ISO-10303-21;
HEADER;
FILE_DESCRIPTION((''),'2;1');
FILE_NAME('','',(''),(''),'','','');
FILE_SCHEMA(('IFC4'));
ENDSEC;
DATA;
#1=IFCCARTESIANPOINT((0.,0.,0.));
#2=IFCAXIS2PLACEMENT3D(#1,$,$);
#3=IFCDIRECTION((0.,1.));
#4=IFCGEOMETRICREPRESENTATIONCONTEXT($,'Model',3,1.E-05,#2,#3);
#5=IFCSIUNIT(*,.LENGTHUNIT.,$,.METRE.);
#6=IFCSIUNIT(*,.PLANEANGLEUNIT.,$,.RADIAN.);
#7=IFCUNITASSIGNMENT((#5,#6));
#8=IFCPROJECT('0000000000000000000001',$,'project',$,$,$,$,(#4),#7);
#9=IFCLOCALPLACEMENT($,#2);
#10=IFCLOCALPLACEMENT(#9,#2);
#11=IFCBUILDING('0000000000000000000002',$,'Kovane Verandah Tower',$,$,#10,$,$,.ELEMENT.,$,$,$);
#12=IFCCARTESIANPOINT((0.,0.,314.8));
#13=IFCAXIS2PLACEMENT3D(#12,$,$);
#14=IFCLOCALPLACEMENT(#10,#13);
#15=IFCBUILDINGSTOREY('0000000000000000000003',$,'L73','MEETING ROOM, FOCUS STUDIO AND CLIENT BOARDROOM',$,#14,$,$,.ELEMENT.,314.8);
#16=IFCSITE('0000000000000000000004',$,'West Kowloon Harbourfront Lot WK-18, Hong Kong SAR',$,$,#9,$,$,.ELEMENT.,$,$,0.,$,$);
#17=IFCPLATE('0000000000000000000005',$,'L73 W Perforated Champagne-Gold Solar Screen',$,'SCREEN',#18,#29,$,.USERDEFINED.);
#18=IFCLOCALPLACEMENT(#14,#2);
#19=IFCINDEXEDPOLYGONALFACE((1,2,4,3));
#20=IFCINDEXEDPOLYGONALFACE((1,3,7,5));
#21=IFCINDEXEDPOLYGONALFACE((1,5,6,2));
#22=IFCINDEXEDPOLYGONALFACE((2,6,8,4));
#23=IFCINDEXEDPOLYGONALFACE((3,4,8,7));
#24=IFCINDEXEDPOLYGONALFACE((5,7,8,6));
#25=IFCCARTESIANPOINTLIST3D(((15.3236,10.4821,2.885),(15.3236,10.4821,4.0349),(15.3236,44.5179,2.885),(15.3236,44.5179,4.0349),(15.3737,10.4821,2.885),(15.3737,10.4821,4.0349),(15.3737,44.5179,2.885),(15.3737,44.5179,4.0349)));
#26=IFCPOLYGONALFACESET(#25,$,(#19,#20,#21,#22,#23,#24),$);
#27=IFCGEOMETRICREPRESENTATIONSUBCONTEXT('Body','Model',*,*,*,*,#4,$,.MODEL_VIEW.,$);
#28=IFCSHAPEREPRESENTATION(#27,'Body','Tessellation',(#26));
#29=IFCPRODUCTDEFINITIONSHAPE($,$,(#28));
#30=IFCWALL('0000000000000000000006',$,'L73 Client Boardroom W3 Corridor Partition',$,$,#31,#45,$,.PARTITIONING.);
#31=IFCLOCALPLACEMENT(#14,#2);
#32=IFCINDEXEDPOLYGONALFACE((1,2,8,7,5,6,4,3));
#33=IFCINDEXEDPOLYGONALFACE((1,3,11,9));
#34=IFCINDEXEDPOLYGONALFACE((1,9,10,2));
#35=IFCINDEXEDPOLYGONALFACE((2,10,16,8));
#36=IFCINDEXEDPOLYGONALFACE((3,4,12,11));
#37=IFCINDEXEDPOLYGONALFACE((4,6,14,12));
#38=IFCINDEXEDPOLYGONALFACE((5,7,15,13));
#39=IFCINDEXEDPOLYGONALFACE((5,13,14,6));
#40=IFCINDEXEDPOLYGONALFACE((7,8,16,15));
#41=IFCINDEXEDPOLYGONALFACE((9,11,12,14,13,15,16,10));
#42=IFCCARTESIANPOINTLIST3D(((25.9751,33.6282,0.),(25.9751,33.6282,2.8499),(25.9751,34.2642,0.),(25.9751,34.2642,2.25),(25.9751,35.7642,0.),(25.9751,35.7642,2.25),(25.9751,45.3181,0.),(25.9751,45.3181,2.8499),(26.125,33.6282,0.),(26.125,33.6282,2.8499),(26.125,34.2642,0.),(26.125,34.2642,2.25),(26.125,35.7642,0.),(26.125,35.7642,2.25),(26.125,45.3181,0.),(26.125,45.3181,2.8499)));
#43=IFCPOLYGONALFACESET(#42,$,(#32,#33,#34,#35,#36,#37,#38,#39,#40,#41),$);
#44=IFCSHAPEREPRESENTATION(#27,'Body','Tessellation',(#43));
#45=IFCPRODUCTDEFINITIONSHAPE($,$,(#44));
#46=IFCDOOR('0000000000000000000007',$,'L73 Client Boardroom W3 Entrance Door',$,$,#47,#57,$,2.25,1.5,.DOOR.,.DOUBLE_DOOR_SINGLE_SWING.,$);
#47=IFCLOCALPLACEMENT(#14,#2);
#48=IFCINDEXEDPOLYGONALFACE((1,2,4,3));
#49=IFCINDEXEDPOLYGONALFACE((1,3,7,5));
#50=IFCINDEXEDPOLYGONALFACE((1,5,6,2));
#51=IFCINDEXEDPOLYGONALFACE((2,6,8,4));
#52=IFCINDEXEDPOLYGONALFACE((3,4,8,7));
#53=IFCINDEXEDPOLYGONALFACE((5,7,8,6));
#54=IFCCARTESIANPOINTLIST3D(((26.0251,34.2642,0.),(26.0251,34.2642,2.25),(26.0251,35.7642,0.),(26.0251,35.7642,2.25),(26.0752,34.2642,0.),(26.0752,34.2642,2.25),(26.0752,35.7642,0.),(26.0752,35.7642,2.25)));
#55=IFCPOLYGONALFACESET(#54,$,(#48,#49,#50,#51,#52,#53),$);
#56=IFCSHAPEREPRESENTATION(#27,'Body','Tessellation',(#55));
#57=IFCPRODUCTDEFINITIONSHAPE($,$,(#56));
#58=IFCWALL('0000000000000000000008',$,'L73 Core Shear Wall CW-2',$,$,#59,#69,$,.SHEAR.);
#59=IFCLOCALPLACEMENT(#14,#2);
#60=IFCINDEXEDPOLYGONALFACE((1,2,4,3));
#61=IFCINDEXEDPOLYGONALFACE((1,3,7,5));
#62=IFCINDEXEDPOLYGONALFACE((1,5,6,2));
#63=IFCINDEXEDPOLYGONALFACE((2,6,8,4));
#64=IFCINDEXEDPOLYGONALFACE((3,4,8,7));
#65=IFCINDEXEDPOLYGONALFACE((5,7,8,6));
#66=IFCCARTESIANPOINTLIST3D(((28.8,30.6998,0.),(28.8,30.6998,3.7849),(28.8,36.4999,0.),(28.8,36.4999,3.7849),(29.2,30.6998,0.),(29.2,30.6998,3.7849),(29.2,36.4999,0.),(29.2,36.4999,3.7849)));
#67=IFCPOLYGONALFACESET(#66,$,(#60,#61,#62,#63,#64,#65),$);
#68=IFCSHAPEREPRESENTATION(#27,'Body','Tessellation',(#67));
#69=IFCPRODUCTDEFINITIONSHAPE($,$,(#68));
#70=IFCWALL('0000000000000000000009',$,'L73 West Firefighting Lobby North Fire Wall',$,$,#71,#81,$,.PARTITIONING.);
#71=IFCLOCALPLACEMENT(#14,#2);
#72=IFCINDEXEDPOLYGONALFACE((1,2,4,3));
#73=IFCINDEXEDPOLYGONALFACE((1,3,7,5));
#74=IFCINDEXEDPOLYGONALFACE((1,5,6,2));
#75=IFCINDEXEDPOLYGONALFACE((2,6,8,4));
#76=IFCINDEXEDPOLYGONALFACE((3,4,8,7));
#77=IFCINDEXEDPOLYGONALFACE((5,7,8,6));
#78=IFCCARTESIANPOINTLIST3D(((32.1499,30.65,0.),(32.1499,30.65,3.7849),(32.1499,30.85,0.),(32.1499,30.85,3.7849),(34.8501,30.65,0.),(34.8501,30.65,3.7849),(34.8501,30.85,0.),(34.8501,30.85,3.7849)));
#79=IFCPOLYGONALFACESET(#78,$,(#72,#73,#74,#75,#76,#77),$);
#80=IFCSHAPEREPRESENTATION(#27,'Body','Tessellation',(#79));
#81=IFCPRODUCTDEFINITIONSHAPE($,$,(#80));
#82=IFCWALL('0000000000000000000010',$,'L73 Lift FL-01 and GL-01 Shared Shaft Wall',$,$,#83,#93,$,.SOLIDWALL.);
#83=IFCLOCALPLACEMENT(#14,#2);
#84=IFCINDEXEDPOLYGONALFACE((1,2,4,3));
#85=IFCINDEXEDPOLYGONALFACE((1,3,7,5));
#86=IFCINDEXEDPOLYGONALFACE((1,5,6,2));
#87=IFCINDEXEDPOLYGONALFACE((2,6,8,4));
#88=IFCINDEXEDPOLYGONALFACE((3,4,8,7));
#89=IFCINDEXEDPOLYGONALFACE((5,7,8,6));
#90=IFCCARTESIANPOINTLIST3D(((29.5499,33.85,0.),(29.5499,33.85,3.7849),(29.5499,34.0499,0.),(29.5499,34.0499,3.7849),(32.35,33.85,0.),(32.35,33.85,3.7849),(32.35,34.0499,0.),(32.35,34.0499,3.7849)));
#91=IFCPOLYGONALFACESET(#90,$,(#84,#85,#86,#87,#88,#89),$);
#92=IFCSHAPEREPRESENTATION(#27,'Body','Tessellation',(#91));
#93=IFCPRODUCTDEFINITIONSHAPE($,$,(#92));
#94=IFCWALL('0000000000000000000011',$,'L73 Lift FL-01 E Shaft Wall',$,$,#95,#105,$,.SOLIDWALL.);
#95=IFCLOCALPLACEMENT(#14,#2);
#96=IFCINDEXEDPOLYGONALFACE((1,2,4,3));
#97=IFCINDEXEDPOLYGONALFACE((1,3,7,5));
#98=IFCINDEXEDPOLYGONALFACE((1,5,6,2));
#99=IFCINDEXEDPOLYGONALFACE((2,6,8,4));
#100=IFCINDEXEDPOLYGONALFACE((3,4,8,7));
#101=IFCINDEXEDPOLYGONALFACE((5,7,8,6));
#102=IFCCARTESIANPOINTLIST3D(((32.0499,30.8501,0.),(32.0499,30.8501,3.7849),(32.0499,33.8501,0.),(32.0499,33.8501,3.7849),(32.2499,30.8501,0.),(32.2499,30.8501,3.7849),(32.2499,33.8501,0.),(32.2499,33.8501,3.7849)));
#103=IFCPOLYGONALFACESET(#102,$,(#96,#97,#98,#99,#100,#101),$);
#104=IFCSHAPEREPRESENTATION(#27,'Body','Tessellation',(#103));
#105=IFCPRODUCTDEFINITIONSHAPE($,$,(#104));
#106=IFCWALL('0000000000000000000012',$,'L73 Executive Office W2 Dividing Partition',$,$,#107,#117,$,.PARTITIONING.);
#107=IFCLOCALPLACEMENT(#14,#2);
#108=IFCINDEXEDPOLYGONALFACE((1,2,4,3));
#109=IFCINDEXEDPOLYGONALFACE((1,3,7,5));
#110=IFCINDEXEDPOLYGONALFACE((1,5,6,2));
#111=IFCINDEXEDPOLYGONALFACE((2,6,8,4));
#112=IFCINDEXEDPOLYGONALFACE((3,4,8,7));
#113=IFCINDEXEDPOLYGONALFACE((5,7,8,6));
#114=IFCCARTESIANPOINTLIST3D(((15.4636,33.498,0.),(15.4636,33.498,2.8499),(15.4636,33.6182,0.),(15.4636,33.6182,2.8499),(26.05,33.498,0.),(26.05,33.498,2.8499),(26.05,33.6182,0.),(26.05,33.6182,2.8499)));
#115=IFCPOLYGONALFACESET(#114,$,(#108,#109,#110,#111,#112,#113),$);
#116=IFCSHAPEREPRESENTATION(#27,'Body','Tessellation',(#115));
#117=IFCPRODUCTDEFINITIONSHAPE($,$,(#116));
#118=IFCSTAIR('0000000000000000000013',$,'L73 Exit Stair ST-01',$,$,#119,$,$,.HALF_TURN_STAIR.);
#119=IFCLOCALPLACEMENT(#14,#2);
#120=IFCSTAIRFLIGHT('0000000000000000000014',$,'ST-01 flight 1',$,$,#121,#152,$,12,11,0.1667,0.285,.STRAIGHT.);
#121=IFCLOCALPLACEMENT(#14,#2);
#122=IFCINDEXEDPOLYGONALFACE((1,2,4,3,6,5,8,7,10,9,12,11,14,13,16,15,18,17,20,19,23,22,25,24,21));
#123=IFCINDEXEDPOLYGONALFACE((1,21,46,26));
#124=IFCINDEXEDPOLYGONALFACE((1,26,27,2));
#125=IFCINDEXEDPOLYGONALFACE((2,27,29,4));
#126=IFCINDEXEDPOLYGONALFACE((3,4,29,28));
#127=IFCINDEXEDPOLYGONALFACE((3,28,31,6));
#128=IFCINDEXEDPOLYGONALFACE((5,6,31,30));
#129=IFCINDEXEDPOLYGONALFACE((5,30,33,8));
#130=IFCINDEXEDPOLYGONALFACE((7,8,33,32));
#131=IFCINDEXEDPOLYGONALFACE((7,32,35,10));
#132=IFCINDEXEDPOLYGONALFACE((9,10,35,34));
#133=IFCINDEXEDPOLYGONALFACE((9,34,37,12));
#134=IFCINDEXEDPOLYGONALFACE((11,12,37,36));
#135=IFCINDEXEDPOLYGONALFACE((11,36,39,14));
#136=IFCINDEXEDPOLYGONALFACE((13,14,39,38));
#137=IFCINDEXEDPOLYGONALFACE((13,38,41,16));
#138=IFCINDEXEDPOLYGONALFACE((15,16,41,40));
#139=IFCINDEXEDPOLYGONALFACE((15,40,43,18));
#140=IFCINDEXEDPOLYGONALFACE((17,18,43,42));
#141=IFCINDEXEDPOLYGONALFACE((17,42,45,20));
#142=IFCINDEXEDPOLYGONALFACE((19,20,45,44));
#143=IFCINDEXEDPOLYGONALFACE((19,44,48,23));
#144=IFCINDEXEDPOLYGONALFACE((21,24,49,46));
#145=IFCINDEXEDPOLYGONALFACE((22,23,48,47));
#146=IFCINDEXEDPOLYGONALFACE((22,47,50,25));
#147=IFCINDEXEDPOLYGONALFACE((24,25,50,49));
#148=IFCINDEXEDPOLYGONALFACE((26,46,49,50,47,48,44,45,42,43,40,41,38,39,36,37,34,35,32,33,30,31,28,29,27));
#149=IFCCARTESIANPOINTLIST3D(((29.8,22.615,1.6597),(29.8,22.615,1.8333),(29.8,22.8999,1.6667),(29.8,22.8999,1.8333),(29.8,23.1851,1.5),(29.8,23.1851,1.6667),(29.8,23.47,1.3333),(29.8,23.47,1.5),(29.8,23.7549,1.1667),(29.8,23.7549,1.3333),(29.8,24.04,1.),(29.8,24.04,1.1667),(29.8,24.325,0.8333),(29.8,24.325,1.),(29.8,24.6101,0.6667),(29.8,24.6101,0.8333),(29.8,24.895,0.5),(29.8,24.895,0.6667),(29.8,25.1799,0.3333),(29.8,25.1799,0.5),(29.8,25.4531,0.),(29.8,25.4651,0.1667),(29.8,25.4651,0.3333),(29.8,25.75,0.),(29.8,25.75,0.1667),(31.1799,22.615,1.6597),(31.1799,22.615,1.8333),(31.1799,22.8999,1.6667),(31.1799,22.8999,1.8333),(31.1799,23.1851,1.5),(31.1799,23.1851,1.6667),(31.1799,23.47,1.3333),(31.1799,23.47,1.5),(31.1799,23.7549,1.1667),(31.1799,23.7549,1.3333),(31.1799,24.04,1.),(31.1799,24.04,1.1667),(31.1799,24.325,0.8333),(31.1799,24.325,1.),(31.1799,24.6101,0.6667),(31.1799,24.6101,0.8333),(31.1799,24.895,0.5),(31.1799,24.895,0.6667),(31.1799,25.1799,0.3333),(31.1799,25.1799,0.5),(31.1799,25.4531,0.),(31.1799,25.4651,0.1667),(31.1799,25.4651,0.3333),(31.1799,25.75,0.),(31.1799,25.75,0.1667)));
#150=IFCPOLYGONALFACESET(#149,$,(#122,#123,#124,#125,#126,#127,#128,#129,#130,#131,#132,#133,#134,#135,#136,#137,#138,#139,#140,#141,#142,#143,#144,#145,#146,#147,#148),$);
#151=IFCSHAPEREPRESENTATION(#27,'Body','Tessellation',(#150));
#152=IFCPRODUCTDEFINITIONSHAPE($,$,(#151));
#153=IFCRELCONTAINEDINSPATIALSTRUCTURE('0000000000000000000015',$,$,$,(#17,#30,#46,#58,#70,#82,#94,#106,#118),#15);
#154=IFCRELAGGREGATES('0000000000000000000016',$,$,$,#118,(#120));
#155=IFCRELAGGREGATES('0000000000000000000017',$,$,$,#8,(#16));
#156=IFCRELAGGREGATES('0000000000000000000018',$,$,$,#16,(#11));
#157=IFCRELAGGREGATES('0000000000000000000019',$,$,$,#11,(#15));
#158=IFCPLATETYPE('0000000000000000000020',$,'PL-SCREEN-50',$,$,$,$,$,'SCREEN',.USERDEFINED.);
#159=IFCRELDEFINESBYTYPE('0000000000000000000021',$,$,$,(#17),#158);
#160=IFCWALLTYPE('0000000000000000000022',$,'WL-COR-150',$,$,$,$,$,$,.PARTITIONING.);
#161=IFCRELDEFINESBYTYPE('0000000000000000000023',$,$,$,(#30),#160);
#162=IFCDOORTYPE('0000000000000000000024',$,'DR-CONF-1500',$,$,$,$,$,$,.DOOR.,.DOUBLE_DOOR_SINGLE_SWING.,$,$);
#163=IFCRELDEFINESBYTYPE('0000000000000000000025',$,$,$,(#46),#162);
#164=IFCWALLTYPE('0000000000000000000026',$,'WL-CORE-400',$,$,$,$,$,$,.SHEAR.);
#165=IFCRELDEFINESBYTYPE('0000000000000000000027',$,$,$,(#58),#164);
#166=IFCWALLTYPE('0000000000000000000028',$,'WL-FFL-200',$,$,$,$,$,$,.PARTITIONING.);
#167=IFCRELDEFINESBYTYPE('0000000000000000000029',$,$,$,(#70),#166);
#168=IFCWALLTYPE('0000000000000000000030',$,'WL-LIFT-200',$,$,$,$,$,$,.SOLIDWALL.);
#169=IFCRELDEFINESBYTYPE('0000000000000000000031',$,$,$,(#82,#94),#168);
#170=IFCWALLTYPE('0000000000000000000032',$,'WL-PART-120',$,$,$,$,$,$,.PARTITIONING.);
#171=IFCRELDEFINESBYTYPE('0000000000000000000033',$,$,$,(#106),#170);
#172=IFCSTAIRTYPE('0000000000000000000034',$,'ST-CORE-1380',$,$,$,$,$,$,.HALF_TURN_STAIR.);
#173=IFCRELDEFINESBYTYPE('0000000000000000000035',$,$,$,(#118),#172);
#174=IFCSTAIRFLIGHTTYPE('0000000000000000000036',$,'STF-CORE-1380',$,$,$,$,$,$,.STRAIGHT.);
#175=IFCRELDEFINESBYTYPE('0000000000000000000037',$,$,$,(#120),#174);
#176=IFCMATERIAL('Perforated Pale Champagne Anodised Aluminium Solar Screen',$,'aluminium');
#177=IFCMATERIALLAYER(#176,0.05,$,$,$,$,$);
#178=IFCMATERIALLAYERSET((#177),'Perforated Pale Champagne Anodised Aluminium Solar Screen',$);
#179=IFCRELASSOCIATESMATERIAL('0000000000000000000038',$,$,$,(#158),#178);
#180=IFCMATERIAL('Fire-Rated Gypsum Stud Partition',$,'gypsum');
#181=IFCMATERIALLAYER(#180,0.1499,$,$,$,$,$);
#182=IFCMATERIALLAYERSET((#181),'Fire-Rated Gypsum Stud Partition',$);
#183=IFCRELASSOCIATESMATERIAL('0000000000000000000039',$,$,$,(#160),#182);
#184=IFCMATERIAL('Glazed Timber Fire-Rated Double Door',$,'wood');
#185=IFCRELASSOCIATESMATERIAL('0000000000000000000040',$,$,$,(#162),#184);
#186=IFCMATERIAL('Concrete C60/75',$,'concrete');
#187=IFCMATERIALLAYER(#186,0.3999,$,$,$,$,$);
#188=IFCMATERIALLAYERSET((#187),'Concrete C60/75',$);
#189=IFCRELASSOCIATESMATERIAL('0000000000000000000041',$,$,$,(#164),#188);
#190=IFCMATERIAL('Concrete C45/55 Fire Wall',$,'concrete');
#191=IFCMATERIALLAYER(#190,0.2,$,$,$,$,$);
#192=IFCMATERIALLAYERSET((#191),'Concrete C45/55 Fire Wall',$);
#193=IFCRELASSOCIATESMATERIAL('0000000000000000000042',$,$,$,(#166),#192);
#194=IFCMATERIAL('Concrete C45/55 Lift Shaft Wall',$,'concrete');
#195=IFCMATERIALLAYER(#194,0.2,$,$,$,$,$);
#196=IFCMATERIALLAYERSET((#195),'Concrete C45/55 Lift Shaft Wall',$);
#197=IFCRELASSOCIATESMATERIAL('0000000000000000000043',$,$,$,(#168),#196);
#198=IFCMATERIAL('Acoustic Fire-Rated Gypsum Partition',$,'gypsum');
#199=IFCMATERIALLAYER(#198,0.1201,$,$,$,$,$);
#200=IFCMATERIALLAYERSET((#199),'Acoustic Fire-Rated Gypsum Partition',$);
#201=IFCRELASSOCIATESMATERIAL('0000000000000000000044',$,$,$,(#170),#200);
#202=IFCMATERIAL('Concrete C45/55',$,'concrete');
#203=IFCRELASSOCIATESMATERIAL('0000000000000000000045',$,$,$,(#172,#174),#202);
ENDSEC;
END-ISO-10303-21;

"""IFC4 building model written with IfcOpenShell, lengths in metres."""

from ifc_helpers import new_model, si_unit, direction, frame, frame_2d, origin, origin_2d, place, context, subcontext, project, spatial, polyline, rectangle, outline, extrude, material, layer, layer_set, type_object, element, fill, aggregate, save


model = new_model("IFC4")

# Units and contexts
model_context = context("Model", 3, precision=1e-05, world=origin(), true_north=direction((0.0, 1.0)))
body_context = subcontext(model_context, "Body", "Model", "MODEL_VIEW")
ifc_project = project(units=[si_unit("LENGTHUNIT", "METRE"), si_unit("PLANEANGLEUNIT", "RADIAN")], contexts=[model_context])

# Site, building, storey
site_placement = place(None, origin())
site = spatial("IfcSite", under=ifc_project, at=site_placement, Name="West Kowloon Harbourfront Lot WK-18, Hong Kong SAR", CompositionType="ELEMENT", RefElevation=0.0)
building_placement = place(site_placement, origin())
building = spatial("IfcBuilding", under=site, at=building_placement, Name="Kovane Verandah Tower", CompositionType="ELEMENT")
storey_placement = place(building_placement, frame((0.0, 0.0, 314.8)))
storey = spatial("IfcBuildingStorey", under=building, at=storey_placement, Name="L73", Description="MEETING ROOM, FOCUS STUDIO AND CLIENT BOARDROOM", CompositionType="ELEMENT", Elevation=314.8)

# Shared definitions
ifc_material_1 = material(Name="Concrete C60/75", Category="concrete")

# Plate
ifc_material_2 = material(Name="Perforated Pale Champagne Anodised Aluminium Solar Screen", Category="aluminium")
ifc_layer_1 = layer(ifc_material_2, 0.05)
ifc_layer_set_1 = layer_set([ifc_layer_1], Name="Perforated Pale Champagne Anodised Aluminium Solar Screen")
plate_type = type_object("IfcPlateType", Name="PL-SCREEN-50", ElementType="SCREEN", PredefinedType="USERDEFINED", material=ifc_layer_set_1)
plate_placement = place(storey_placement, frame((15.3486, 27.5, 2.885), z_axis=(0.0, 0.0, 1.0), x_axis=(0.0, -1.0, 0.0)))
element("IfcPlate", 1, at=plate_placement, inside=storey, type_object=plate_type, Name="L73 W Perforated Champagne-Gold Solar Screen", ObjectType="SCREEN", PredefinedType="USERDEFINED", context=body_context, shape_type="SweptSolid", body=[
    extrude(rectangle(XDim=34.0359, YDim=0.05, at=origin_2d()), origin(), (0.0, 0.0, 1.0), 1.1499),
])

# Wall, opening, door
ifc_material_3 = material(Name="Fire-Rated Gypsum Stud Partition", Category="gypsum")
ifc_layer_2 = layer(ifc_material_3, 0.1499)
ifc_layer_set_2 = layer_set([ifc_layer_2], Name="Fire-Rated Gypsum Stud Partition")
wall_type_1 = type_object("IfcWallType", Name="WL-COR-150", PredefinedType="PARTITIONING", material=ifc_layer_set_2)
wall_1_placement = place(storey_placement, frame((26.05, 33.6282, 0.0), z_axis=(0.0, 0.0, 1.0), x_axis=(0.0, 1.0, 0.0)))
wall_1 = element("IfcWall", 2, at=wall_1_placement, inside=storey, type_object=wall_type_1, Name="L73 Client Boardroom W3 Corridor Partition", PredefinedType="PARTITIONING", context=body_context, shape_type="SweptSolid", body=[
    extrude(rectangle(XDim=11.6899, YDim=0.1499, at=frame_2d((5.845, 0.0))), origin(), (0.0, 0.0, 1.0), 2.8499),
])
opening_1_placement = place(wall_1_placement, frame((0.636, 0.0, 0.0)))
opening_1 = element("IfcOpeningElement", 3, at=opening_1_placement, cuts=wall_1, PredefinedType="OPENING", context=body_context, shape_type="SweptSolid", body=[
    extrude(rectangle(XDim=1.5, YDim=2.25, at=frame_2d((0.75, 1.125))), frame((0.0, 0.075, 0.0), z_axis=(0.0, -1.0, 0.0), x_axis=(1.0, 0.0, 0.0)), (0.0, 0.0, 1.0), 0.1499),
])
ifc_material_4 = material(Name="Glazed Timber Fire-Rated Double Door", Category="wood")
door_type_1 = type_object("IfcDoorType", Name="DR-CONF-1500", OperationType="DOUBLE_DOOR_SINGLE_SWING", PredefinedType="DOOR", material=ifc_material_4)
door_1_placement = place(opening_1_placement, origin())
door_1 = element("IfcDoor", 4, at=door_1_placement, inside=storey, type_object=door_type_1, Name="L73 Client Boardroom W3 Entrance Door", OperationType="DOUBLE_DOOR_SINGLE_SWING", OverallHeight=2.25, OverallWidth=1.5, PredefinedType="DOOR", context=body_context, shape_type="SweptSolid", body=[
    extrude(rectangle(XDim=1.5, YDim=2.25, at=frame_2d((0.75, 1.125))), frame((0.0, 0.0249, 0.0), z_axis=(0.0, -1.0, 0.0), x_axis=(1.0, 0.0, 0.0)), (0.0, 0.0, 1.0), 0.05),
])
fill(opening_1, door_1)

# Wall
ifc_layer_3 = layer(ifc_material_1, 0.3999)
ifc_layer_set_3 = layer_set([ifc_layer_3], Name="Concrete C60/75")
wall_type_2 = type_object("IfcWallType", Name="WL-CORE-400", PredefinedType="SHEAR", material=ifc_layer_set_3)
wall_2_placement = place(storey_placement, frame((29.0, 30.7, 0.0), z_axis=(0.0, 0.0, 1.0), x_axis=(0.0, 1.0, 0.0)))
element("IfcWall", 5, at=wall_2_placement, inside=storey, type_object=wall_type_2, Name="L73 Core Shear Wall CW-2", PredefinedType="SHEAR", context=body_context, shape_type="SweptSolid", body=[
    extrude(rectangle(XDim=5.8, YDim=0.3999, at=frame_2d((2.8999, 0.0))), origin(), (0.0, 0.0, 1.0), 3.7849),
])

# Shared definitions
ifc_material_5 = material(Name="Concrete C45/55 Fire Wall", Category="concrete")
ifc_layer_4 = layer(ifc_material_5, 0.2)
ifc_layer_set_4 = layer_set([ifc_layer_4], Name="Concrete C45/55 Fire Wall")
wall_type_3 = type_object("IfcWallType", Name="WL-FFL-200", PredefinedType="PARTITIONING", material=ifc_layer_set_4)

# Wall
wall_3_placement = place(storey_placement, frame((32.1499, 30.75, 0.0), z_axis=(0.0, 0.0, 1.0), x_axis=(1.0, 0.0, 0.0)))
element("IfcWall", 6, at=wall_3_placement, inside=storey, type_object=wall_type_3, Name="L73 West Firefighting Lobby North Fire Wall", PredefinedType="PARTITIONING", context=body_context, shape_type="SweptSolid", body=[
    extrude(rectangle(XDim=2.7002, YDim=0.2, at=frame_2d((1.3501, 0.0))), origin(), (0.0, 0.0, 1.0), 3.7849),
])

# Shared definitions
ifc_material_6 = material(Name="Concrete C45/55 Lift Shaft Wall", Category="concrete")
ifc_layer_5 = layer(ifc_material_6, 0.2)
ifc_layer_set_5 = layer_set([ifc_layer_5], Name="Concrete C45/55 Lift Shaft Wall")
wall_type_4 = type_object("IfcWallType", Name="WL-LIFT-200", PredefinedType="SOLIDWALL", material=ifc_layer_set_5)

# Walls
wall_4_placement = place(storey_placement, frame((29.55, 33.95, 0.0), z_axis=(0.0, 0.0, 1.0), x_axis=(1.0, 0.0, 0.0)))
element("IfcWall", 7, at=wall_4_placement, inside=storey, type_object=wall_type_4, Name="L73 Lift FL-01 and GL-01 Shared Shaft Wall", PredefinedType="SOLIDWALL", context=body_context, shape_type="SweptSolid", body=[
    extrude(rectangle(XDim=2.8, YDim=0.2, at=frame_2d((1.3999, 0.0))), origin(), (0.0, 0.0, 1.0), 3.7849),
])
wall_5_placement = place(storey_placement, frame((32.1499, 30.8501, 0.0), z_axis=(0.0, 0.0, 1.0), x_axis=(0.0, 1.0, 0.0)))
element("IfcWall", 8, at=wall_5_placement, inside=storey, type_object=wall_type_4, Name="L73 Lift FL-01 E Shaft Wall", PredefinedType="SOLIDWALL", context=body_context, shape_type="SweptSolid", body=[
    extrude(rectangle(XDim=3.0, YDim=0.2, at=frame_2d((1.5, 0.0))), origin(), (0.0, 0.0, 1.0), 3.7849),
])
ifc_material_7 = material(Name="Acoustic Fire-Rated Gypsum Partition", Category="gypsum")
ifc_layer_6 = layer(ifc_material_7, 0.1201)
ifc_layer_set_6 = layer_set([ifc_layer_6], Name="Acoustic Fire-Rated Gypsum Partition")
wall_type_5 = type_object("IfcWallType", Name="WL-PART-120", PredefinedType="PARTITIONING", material=ifc_layer_set_6)
wall_6_placement = place(storey_placement, frame((15.4636, 33.5581, 0.0), z_axis=(0.0, 0.0, 1.0), x_axis=(1.0, 0.0, 0.0)))
element("IfcWall", 9, at=wall_6_placement, inside=storey, type_object=wall_type_5, Name="L73 Executive Office W2 Dividing Partition", PredefinedType="PARTITIONING", context=body_context, shape_type="SweptSolid", body=[
    extrude(rectangle(XDim=10.5864, YDim=0.1201, at=frame_2d((5.2932, 0.0))), origin(), (0.0, 0.0, 1.0), 2.8499),
])

# Shared definitions
ifc_material_8 = material(Name="Concrete C45/55", Category="concrete")

# Stair, stair flight
stair_type = type_object("IfcStairType", Name="ST-CORE-1380", PredefinedType="HALF_TURN_STAIR", material=ifc_material_8)
stair_placement = place(storey_placement, origin())
stair = element("IfcStair", 10, at=stair_placement, inside=storey, type_object=stair_type, Name="L73 Exit Stair ST-01", PredefinedType="HALF_TURN_STAIR")
stair_flight_type = type_object("IfcStairFlightType", Name="STF-CORE-1380", PredefinedType="STRAIGHT", material=ifc_material_8)
stair_flight_placement = place(storey_placement, frame((30.49, 25.75, 0.0), z_axis=(0.0, 0.0, 1.0), x_axis=(0.0, -1.0, 0.0)))
stair_flight = element("IfcStairFlight", 11, at=stair_flight_placement, type_object=stair_flight_type, Name="ST-01 flight 1", NumberOfRisers=12, NumberOfTreads=11, PredefinedType="STRAIGHT", RiserHeight=0.1667, TreadLength=0.285, context=body_context, shape_type="SweptSolid", body=[
    extrude(outline(polyline([(0.0, 0.0), (0.0, 0.1667), (0.2849, 0.1667), (0.2849, 0.3333), (0.5701, 0.3333), (0.5701, 0.5), (0.855, 0.5), (0.855, 0.6667), (1.1399, 0.6667), (1.1399, 0.8333), (1.425, 0.8333), (1.425, 1.0), (1.71, 1.0), (1.71, 1.1667), (1.9951, 1.1667), (1.9951, 1.3333), (2.28, 1.3333), (2.28, 1.5), (2.5649, 1.5), (2.5649, 1.6667), (2.8501, 1.6667), (2.8501, 1.8333), (3.135, 1.8333), (3.135, 2.0), (3.135, 1.6597), (0.2969, 0.0), (0.0, 0.0)])), frame((0.0, 0.6899, 0.0), z_axis=(0.0, -1.0, 0.0), x_axis=(1.0, 0.0, 0.0)), (0.0, 0.0, 1.0), 1.3799),
])
aggregate(stair, [stair_flight])

save(model, "model.ifc")
